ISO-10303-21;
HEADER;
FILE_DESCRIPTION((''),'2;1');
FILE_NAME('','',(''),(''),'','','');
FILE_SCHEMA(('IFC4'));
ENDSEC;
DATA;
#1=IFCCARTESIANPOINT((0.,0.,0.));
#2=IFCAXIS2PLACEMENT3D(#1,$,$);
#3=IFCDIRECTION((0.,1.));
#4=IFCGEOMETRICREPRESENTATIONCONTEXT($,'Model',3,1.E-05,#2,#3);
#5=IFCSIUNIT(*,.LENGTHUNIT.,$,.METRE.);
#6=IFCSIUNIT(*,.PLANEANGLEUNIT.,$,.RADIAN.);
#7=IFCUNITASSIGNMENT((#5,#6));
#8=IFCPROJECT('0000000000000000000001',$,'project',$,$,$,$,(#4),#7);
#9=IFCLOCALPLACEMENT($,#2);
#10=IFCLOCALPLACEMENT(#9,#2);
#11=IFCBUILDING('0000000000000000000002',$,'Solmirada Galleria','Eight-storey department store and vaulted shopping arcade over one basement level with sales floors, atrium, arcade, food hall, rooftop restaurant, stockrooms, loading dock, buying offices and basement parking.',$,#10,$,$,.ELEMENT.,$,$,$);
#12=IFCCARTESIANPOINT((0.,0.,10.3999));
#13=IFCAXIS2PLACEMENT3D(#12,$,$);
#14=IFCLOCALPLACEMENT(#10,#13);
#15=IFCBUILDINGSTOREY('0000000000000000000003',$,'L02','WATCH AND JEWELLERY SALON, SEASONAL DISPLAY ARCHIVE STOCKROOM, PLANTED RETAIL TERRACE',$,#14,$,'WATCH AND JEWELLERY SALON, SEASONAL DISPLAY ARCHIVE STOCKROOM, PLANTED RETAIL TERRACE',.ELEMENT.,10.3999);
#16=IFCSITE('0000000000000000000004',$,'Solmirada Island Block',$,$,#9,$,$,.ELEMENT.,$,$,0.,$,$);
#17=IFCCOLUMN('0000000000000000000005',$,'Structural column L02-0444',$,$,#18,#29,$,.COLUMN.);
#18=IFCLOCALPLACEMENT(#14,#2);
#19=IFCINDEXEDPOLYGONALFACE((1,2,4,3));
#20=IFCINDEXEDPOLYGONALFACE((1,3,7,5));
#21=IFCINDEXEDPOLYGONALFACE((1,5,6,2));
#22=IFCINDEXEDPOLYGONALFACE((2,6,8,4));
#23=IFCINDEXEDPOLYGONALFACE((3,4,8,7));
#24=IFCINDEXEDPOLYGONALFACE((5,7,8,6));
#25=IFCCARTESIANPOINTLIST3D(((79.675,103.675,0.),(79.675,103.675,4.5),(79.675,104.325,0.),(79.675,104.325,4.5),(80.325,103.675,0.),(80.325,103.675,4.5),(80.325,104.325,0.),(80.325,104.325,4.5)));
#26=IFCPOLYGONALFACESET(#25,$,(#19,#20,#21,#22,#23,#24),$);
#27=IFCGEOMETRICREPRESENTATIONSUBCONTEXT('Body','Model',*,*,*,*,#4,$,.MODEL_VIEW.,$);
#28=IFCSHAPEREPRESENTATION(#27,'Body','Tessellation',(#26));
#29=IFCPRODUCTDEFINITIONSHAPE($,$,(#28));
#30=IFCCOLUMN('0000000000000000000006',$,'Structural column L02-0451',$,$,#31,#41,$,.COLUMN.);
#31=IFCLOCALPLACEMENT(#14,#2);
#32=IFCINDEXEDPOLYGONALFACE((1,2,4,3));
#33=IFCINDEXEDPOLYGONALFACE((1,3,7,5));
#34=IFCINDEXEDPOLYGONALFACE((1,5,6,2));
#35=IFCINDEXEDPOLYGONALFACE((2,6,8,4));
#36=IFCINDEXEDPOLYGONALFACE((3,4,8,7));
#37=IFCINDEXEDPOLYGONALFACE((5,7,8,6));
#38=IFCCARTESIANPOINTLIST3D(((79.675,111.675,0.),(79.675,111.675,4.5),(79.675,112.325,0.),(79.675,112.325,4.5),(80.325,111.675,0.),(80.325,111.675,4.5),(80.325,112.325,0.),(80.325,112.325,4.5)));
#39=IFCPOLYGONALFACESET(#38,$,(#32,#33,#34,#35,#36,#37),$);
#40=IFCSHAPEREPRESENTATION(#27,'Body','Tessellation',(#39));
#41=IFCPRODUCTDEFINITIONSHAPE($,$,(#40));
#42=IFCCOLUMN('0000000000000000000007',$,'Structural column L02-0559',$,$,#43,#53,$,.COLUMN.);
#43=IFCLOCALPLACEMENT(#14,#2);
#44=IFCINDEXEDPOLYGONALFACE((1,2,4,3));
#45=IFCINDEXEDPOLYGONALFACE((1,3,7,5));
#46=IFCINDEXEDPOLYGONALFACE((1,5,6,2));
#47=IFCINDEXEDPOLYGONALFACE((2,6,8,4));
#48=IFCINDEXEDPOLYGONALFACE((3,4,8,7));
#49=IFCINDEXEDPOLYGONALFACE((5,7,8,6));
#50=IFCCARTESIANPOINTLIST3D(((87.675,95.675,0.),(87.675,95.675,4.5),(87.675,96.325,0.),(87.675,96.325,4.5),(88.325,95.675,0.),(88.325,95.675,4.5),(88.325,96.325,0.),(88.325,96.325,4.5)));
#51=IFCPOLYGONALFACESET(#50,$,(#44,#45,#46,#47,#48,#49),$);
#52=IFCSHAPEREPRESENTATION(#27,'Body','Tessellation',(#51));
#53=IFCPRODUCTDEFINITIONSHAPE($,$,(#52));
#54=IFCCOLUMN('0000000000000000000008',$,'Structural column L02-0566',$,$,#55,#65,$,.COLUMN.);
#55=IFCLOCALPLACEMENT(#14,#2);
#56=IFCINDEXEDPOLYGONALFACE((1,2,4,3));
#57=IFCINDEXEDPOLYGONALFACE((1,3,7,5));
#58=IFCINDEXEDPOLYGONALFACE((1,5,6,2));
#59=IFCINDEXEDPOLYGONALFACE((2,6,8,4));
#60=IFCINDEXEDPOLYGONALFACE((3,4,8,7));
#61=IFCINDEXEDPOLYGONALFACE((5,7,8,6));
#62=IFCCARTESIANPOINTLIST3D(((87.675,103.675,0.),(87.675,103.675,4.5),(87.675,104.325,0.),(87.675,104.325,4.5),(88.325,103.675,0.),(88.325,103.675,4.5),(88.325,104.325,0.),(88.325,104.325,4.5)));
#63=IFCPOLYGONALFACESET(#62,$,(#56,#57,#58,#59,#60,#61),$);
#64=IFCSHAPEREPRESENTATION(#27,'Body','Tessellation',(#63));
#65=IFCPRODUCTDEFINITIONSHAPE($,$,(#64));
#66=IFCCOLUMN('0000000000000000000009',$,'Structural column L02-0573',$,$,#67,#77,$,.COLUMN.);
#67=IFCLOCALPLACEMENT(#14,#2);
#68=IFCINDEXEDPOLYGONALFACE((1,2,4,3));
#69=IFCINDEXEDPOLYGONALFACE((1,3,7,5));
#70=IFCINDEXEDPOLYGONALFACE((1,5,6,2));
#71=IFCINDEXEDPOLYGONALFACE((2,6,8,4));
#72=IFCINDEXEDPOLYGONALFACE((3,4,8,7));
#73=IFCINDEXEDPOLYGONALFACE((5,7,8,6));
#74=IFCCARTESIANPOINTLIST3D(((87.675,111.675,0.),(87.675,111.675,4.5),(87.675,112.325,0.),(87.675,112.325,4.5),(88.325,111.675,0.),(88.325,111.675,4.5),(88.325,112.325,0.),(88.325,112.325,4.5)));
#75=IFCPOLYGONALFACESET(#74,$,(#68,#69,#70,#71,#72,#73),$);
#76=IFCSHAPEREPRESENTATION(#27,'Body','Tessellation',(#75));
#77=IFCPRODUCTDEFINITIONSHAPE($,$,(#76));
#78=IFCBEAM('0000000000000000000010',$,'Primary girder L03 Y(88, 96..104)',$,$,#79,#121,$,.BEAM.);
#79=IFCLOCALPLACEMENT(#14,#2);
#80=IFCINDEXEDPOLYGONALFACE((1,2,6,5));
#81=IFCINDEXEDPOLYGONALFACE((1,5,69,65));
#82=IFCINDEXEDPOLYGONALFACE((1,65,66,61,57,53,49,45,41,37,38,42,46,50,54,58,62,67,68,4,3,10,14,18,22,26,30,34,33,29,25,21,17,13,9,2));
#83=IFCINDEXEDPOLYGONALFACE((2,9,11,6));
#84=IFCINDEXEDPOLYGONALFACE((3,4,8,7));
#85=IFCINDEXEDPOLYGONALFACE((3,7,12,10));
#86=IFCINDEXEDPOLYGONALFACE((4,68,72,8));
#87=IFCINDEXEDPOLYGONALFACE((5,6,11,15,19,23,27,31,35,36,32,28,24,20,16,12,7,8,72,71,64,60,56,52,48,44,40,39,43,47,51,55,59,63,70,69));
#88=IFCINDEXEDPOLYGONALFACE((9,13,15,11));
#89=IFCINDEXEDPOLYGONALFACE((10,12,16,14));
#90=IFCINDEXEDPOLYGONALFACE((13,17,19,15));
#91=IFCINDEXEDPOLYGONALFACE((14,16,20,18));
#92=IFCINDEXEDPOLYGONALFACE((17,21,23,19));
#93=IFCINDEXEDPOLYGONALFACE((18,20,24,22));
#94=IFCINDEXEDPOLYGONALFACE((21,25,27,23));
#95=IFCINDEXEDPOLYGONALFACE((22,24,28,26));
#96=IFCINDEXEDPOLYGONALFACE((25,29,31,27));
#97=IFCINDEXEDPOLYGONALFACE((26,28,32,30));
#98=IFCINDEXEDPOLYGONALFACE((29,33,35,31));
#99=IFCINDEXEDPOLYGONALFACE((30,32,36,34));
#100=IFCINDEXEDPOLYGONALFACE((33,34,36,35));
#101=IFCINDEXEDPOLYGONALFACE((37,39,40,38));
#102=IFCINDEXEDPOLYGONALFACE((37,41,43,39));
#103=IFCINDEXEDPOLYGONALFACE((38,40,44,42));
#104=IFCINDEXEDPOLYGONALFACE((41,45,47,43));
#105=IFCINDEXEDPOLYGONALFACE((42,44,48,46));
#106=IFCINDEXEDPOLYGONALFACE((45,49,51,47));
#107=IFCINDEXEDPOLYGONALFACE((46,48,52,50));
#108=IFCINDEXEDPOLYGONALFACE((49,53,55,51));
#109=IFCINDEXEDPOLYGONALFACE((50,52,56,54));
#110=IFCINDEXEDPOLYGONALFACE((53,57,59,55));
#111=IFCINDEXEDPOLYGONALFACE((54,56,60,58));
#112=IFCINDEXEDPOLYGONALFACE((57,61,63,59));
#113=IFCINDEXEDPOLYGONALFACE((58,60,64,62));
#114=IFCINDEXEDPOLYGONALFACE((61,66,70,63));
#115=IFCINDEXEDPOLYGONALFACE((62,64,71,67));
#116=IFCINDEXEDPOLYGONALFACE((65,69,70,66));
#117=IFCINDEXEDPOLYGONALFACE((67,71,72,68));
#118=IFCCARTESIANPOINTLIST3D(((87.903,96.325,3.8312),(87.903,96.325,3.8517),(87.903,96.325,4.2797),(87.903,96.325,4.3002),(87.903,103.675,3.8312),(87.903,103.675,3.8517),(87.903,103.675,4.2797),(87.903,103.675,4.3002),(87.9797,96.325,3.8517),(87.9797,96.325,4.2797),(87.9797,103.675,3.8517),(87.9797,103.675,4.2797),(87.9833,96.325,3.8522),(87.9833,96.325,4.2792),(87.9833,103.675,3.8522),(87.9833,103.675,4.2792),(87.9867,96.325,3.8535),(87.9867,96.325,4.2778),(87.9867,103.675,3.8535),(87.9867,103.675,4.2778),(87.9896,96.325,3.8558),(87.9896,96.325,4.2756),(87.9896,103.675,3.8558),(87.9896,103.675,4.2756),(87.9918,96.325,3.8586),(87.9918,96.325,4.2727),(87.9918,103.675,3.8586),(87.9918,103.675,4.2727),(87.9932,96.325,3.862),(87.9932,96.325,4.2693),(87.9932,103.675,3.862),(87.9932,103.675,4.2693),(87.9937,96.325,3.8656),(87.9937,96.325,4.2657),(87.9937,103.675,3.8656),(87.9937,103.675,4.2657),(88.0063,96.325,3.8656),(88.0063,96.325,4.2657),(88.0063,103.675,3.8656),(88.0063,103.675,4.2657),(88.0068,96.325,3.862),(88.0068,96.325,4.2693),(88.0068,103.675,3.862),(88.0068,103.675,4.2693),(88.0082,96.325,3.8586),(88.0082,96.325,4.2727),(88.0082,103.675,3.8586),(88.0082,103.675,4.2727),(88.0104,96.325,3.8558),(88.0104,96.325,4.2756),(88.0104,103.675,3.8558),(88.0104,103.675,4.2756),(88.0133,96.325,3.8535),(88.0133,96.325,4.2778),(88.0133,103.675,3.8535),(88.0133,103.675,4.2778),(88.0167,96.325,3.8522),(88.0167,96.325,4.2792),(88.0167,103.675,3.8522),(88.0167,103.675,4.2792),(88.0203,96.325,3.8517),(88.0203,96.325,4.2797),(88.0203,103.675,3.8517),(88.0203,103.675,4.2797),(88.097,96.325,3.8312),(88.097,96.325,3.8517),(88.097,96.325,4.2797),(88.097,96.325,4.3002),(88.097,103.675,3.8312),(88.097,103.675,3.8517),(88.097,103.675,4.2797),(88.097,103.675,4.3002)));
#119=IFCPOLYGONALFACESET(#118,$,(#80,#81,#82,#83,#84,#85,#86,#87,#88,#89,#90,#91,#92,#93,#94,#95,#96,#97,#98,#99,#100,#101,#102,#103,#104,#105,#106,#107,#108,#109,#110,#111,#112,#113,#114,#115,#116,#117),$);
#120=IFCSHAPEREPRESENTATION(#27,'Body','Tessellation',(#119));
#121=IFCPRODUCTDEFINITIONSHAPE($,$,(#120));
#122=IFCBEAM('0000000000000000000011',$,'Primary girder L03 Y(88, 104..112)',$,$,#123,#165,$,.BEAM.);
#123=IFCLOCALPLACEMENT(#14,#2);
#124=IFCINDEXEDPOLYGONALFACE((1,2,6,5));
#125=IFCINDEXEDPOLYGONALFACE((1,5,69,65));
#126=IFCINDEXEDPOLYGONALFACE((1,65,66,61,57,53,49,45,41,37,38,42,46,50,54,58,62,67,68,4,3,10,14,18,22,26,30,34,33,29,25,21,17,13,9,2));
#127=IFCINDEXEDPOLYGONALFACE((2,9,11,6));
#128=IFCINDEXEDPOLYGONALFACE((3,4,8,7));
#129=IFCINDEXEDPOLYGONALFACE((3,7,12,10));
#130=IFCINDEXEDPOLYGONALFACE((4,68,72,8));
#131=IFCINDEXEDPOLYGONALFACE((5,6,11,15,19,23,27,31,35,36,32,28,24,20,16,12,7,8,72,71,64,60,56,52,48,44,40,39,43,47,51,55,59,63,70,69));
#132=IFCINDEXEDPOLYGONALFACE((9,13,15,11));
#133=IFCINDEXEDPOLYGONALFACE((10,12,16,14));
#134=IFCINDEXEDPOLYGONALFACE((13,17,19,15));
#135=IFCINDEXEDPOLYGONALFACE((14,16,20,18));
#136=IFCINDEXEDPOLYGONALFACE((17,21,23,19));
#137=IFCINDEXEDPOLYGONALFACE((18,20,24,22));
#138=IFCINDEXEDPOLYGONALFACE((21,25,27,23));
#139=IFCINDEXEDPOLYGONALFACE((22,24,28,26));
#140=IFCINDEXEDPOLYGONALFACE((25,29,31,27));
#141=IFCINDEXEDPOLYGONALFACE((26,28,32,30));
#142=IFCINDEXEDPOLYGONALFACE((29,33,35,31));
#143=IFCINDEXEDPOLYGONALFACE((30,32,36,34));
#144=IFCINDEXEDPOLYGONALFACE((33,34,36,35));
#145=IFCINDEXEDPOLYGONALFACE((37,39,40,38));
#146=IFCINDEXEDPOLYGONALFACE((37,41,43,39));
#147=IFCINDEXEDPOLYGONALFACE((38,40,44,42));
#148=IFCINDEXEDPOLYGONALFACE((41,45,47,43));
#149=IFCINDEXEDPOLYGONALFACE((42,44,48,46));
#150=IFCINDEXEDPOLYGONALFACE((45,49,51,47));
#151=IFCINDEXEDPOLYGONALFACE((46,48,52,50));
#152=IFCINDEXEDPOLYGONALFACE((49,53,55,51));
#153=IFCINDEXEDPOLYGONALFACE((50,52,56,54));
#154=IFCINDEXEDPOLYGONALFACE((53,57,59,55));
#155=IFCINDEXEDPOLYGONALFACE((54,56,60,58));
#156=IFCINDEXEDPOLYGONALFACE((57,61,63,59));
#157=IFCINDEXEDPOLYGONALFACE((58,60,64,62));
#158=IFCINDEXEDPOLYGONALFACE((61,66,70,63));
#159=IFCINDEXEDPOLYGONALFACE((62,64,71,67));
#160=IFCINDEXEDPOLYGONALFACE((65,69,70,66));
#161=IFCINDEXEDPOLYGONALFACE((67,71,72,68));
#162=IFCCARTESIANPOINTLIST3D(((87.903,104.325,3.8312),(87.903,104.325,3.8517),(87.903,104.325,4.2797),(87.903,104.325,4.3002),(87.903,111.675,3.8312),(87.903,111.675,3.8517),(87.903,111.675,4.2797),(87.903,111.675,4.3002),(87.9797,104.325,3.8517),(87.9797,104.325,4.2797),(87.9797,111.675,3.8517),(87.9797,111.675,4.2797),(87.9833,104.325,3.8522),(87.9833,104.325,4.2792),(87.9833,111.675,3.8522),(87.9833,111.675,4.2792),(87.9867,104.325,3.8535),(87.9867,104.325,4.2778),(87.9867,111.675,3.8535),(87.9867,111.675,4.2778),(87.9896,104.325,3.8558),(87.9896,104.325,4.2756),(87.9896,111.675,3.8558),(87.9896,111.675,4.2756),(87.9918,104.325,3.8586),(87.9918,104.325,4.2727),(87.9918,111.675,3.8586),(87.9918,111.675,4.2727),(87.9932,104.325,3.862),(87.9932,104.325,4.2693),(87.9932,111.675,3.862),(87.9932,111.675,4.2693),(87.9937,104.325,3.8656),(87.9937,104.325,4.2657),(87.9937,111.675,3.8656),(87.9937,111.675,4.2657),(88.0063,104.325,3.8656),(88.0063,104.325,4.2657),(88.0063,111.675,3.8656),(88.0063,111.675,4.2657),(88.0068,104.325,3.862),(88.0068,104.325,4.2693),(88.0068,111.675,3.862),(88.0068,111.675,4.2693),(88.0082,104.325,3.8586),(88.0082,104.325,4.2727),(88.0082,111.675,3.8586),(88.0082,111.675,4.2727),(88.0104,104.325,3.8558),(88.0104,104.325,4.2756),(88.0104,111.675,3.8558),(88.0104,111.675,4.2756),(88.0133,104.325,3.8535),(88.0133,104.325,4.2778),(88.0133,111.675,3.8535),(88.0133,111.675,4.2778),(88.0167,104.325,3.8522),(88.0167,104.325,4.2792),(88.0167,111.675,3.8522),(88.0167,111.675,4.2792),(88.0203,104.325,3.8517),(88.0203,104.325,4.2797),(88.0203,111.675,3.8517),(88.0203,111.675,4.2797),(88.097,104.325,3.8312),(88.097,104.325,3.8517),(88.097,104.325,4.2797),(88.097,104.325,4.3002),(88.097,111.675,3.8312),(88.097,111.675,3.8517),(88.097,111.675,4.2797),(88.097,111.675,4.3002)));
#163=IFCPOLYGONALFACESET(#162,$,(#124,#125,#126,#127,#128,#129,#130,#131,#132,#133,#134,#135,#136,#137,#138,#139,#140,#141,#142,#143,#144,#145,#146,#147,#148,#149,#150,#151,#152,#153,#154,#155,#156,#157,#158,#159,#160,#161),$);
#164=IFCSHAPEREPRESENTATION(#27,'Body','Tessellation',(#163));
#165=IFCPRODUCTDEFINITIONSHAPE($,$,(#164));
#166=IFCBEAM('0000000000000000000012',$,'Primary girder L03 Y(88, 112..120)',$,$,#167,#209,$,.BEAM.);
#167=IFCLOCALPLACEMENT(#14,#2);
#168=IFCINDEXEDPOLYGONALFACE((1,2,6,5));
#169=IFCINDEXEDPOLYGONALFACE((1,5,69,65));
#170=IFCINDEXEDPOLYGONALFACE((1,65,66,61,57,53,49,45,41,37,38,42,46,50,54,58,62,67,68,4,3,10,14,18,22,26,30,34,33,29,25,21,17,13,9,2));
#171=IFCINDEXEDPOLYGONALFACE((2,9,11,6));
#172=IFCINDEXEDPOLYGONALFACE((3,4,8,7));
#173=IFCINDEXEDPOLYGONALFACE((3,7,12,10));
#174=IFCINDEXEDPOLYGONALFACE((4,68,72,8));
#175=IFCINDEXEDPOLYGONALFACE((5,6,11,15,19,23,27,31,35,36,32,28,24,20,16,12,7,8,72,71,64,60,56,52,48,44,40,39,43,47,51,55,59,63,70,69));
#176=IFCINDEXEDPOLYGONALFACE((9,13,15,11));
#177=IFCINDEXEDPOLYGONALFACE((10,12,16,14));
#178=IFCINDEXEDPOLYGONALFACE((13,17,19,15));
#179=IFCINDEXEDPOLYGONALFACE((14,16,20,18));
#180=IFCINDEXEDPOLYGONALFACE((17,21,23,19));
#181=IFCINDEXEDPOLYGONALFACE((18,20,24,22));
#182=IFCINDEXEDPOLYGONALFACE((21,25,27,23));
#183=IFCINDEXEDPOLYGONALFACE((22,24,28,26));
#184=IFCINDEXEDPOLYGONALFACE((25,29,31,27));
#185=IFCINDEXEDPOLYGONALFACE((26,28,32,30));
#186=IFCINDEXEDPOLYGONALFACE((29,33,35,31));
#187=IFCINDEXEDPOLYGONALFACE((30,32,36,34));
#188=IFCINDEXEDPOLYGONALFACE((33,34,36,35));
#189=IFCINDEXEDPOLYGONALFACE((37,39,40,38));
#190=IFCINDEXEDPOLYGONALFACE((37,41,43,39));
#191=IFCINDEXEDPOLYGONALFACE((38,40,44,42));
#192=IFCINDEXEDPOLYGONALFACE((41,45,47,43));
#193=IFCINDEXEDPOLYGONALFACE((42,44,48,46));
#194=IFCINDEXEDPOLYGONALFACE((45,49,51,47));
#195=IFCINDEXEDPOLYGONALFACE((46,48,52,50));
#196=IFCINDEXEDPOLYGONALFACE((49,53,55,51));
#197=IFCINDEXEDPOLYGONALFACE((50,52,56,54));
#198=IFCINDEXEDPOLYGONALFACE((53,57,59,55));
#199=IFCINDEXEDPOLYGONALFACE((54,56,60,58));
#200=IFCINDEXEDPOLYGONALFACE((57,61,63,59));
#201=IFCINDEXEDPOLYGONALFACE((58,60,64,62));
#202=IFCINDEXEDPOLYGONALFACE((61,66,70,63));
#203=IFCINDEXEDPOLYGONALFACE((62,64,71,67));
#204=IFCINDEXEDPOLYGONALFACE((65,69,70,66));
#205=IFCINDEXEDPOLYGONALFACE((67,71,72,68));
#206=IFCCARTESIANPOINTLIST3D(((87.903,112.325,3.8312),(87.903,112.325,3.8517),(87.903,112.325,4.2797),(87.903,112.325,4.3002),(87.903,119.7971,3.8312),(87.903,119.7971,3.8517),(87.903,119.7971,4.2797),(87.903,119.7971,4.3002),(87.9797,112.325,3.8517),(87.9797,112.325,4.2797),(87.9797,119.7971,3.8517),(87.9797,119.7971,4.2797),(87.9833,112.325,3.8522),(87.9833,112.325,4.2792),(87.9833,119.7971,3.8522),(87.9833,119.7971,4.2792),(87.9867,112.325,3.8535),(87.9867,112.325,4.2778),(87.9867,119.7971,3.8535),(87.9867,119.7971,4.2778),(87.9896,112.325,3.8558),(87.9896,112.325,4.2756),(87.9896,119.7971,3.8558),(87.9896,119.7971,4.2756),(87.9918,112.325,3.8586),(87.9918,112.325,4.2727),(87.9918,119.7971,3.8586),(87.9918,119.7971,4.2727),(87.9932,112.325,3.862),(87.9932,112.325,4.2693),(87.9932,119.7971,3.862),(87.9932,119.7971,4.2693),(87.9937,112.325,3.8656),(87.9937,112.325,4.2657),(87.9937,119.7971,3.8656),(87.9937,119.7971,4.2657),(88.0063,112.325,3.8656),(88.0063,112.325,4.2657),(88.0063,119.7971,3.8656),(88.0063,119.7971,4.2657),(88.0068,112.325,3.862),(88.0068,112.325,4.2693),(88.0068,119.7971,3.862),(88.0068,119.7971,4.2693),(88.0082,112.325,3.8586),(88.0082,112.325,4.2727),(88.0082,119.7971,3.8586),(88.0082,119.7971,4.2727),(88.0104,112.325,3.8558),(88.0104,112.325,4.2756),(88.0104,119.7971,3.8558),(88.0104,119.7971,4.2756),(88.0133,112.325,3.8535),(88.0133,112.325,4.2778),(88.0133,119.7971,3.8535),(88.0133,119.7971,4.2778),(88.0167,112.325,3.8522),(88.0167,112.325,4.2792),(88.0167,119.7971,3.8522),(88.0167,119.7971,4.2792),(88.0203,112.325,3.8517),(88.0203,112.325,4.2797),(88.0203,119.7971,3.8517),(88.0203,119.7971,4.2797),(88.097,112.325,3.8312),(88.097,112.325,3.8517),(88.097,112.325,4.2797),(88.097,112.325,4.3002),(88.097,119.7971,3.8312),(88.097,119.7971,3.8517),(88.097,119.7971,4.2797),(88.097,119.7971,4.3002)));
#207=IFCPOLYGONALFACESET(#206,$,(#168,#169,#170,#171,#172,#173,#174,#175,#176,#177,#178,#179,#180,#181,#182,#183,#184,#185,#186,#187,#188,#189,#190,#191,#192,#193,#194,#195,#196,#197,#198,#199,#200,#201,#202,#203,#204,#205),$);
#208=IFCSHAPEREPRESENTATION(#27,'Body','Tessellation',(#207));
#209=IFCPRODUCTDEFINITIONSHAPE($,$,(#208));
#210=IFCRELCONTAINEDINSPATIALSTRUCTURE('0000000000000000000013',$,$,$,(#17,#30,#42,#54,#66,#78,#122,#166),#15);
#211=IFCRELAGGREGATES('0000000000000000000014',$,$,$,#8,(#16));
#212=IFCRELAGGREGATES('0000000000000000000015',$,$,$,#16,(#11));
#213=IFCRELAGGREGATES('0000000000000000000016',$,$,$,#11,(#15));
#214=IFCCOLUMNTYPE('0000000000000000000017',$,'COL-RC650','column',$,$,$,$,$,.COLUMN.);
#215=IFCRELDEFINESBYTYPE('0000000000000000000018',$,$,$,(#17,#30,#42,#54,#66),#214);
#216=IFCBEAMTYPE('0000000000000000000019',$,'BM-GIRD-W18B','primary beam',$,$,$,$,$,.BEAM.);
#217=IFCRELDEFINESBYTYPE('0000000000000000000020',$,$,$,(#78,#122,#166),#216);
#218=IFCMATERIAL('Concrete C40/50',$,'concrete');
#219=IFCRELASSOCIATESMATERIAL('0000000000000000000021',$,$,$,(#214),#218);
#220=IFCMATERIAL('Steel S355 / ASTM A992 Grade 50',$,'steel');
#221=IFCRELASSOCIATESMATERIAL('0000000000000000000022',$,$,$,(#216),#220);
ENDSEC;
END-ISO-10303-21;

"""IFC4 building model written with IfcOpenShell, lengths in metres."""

from ifc_helpers import new_model, si_unit, direction, frame, origin, origin_2d, place, context, subcontext, project, spatial, rectangle, i_section, extrude, material, material_profile, profile_set, type_object, element, save


model = new_model("IFC4")

# Units and contexts
model_context = context("Model", 3, precision=1e-05, world=origin(), true_north=direction((0.0, 1.0)))
body_context = subcontext(model_context, "Body", "Model", "MODEL_VIEW")
ifc_project = project(units=[si_unit("LENGTHUNIT", "METRE"), si_unit("PLANEANGLEUNIT", "RADIAN")], contexts=[model_context])

# Site, building, storey
site_placement = place(None, origin())
site = spatial("IfcSite", under=ifc_project, at=site_placement, Name="Solmirada Island Block", CompositionType="ELEMENT", RefElevation=0.0)
building_placement = place(site_placement, origin())
building = spatial("IfcBuilding", under=site, at=building_placement, Name="Solmirada Galleria", Description="Eight-storey department store and vaulted shopping arcade over one basement level with sales floors, atrium, arcade, food hall, rooftop restaurant, stockrooms, loading dock, buying offices and basement parking.", CompositionType="ELEMENT")
storey_placement = place(building_placement, frame((0.0, 0.0, 10.3999)))
storey = spatial("IfcBuildingStorey", under=building, at=storey_placement, Name="L02", Description="WATCH AND JEWELLERY SALON, SEASONAL DISPLAY ARCHIVE STOCKROOM, PLANTED RETAIL TERRACE", LongName="WATCH AND JEWELLERY SALON, SEASONAL DISPLAY ARCHIVE STOCKROOM, PLANTED RETAIL TERRACE", CompositionType="ELEMENT", Elevation=10.3999)

# Columns
ifc_material_1 = material(Name="Concrete C40/50", Category="concrete")
ifc_material_profile_1 = material_profile(ifc_material_1, rectangle(XDim=0.6499, YDim=0.6499, at=origin_2d()), Name="RC650X650")
ifc_profile_set_1 = profile_set([ifc_material_profile_1], Name="Concrete C40/50")
column_type = type_object("IfcColumnType", Name="COL-RC650", Description="column", PredefinedType="COLUMN", material=ifc_profile_set_1)
for number, where, z_axis, x_axis, name in (
    (1, (80.0, 104.0, 0.0), (0.0, 0.0, 1.0), (1.0, 0.0, 0.0), "Structural column L02-0444"),
    (2, (80.0, 112.0, 0.0), (0.0, 0.0, 1.0), (1.0, 0.0, 0.0), "Structural column L02-0451"),
    (3, (88.0, 96.0, 0.0), (0.0, 0.0, 1.0), (1.0, 0.0, 0.0), "Structural column L02-0559"),
    (4, (88.0, 104.0, 0.0), (0.0, 0.0, 1.0), (1.0, 0.0, 0.0), "Structural column L02-0566"),
    (5, (88.0, 112.0, 0.0), (0.0, 0.0, 1.0), (1.0, 0.0, 0.0), "Structural column L02-0573"),
):
    element("IfcColumn", number, at=place(storey_placement, frame(where, z_axis=z_axis, x_axis=x_axis)), inside=storey, type_object=column_type, Name=name, PredefinedType="COLUMN", context=body_context, shape_type="SweptSolid", body=[
        extrude(rectangle(XDim=0.6499, YDim=0.6499, at=origin_2d()), origin(), (0.0, 0.0, 1.0), 4.5),
    ])

# Beams
ifc_material_2 = material(Name="Steel S355 / ASTM A992 Grade 50", Category="steel")
ifc_material_profile_2 = material_profile(ifc_material_2, i_section(OverallWidth=0.1941, OverallDepth=0.469, WebThickness=0.0127, FlangeThickness=0.0205, FilletRadius=0.0139, at=origin_2d()), Name="W18X71")
ifc_profile_set_2 = profile_set([ifc_material_profile_2], Name="Steel S355 / ASTM A992 Grade 50")
beam_type_1 = type_object("IfcBeamType", Name="BM-GIRD-W18B", Description="primary beam", PredefinedType="BEAM", material=ifc_profile_set_2)
for number, where, z_axis, x_axis, name in (
    (6, (88.0, 96.325, 4.0657), (0.0, 1.0, 0.0), (-1.0, 0.0, 0.0), "Primary girder L03 Y(88, 96..104)"),
    (7, (88.0, 104.325, 4.0657), (0.0, 1.0, 0.0), (-1.0, 0.0, 0.0), "Primary girder L03 Y(88, 104..112)"),
):
    element("IfcBeam", number, at=place(storey_placement, frame(where, z_axis=z_axis, x_axis=x_axis)), inside=storey, type_object=beam_type_1, Name=name, PredefinedType="BEAM", context=body_context, shape_type="SweptSolid", body=[
        extrude(i_section(OverallWidth=0.1941, OverallDepth=0.469, WebThickness=0.0127, FlangeThickness=0.0205, FilletRadius=0.0139, at=origin_2d()), origin(), (0.0, 0.0, 1.0), 7.3501),
    ])
beam_1_placement = place(storey_placement, frame((88.0, 112.325, 4.0657), z_axis=(0.0, 1.0, 0.0), x_axis=(-1.0, 0.0, 0.0)))
element("IfcBeam", 8, at=beam_1_placement, inside=storey, type_object=beam_type_1, Name="Primary girder L03 Y(88, 112..120)", PredefinedType="BEAM", context=body_context, shape_type="SweptSolid", body=[
    extrude(i_section(OverallWidth=0.1941, OverallDepth=0.469, WebThickness=0.0127, FlangeThickness=0.0205, FilletRadius=0.0139, at=origin_2d()), origin(), (0.0, 0.0, 1.0), 7.4722),
])

save(model, "model.ifc")
